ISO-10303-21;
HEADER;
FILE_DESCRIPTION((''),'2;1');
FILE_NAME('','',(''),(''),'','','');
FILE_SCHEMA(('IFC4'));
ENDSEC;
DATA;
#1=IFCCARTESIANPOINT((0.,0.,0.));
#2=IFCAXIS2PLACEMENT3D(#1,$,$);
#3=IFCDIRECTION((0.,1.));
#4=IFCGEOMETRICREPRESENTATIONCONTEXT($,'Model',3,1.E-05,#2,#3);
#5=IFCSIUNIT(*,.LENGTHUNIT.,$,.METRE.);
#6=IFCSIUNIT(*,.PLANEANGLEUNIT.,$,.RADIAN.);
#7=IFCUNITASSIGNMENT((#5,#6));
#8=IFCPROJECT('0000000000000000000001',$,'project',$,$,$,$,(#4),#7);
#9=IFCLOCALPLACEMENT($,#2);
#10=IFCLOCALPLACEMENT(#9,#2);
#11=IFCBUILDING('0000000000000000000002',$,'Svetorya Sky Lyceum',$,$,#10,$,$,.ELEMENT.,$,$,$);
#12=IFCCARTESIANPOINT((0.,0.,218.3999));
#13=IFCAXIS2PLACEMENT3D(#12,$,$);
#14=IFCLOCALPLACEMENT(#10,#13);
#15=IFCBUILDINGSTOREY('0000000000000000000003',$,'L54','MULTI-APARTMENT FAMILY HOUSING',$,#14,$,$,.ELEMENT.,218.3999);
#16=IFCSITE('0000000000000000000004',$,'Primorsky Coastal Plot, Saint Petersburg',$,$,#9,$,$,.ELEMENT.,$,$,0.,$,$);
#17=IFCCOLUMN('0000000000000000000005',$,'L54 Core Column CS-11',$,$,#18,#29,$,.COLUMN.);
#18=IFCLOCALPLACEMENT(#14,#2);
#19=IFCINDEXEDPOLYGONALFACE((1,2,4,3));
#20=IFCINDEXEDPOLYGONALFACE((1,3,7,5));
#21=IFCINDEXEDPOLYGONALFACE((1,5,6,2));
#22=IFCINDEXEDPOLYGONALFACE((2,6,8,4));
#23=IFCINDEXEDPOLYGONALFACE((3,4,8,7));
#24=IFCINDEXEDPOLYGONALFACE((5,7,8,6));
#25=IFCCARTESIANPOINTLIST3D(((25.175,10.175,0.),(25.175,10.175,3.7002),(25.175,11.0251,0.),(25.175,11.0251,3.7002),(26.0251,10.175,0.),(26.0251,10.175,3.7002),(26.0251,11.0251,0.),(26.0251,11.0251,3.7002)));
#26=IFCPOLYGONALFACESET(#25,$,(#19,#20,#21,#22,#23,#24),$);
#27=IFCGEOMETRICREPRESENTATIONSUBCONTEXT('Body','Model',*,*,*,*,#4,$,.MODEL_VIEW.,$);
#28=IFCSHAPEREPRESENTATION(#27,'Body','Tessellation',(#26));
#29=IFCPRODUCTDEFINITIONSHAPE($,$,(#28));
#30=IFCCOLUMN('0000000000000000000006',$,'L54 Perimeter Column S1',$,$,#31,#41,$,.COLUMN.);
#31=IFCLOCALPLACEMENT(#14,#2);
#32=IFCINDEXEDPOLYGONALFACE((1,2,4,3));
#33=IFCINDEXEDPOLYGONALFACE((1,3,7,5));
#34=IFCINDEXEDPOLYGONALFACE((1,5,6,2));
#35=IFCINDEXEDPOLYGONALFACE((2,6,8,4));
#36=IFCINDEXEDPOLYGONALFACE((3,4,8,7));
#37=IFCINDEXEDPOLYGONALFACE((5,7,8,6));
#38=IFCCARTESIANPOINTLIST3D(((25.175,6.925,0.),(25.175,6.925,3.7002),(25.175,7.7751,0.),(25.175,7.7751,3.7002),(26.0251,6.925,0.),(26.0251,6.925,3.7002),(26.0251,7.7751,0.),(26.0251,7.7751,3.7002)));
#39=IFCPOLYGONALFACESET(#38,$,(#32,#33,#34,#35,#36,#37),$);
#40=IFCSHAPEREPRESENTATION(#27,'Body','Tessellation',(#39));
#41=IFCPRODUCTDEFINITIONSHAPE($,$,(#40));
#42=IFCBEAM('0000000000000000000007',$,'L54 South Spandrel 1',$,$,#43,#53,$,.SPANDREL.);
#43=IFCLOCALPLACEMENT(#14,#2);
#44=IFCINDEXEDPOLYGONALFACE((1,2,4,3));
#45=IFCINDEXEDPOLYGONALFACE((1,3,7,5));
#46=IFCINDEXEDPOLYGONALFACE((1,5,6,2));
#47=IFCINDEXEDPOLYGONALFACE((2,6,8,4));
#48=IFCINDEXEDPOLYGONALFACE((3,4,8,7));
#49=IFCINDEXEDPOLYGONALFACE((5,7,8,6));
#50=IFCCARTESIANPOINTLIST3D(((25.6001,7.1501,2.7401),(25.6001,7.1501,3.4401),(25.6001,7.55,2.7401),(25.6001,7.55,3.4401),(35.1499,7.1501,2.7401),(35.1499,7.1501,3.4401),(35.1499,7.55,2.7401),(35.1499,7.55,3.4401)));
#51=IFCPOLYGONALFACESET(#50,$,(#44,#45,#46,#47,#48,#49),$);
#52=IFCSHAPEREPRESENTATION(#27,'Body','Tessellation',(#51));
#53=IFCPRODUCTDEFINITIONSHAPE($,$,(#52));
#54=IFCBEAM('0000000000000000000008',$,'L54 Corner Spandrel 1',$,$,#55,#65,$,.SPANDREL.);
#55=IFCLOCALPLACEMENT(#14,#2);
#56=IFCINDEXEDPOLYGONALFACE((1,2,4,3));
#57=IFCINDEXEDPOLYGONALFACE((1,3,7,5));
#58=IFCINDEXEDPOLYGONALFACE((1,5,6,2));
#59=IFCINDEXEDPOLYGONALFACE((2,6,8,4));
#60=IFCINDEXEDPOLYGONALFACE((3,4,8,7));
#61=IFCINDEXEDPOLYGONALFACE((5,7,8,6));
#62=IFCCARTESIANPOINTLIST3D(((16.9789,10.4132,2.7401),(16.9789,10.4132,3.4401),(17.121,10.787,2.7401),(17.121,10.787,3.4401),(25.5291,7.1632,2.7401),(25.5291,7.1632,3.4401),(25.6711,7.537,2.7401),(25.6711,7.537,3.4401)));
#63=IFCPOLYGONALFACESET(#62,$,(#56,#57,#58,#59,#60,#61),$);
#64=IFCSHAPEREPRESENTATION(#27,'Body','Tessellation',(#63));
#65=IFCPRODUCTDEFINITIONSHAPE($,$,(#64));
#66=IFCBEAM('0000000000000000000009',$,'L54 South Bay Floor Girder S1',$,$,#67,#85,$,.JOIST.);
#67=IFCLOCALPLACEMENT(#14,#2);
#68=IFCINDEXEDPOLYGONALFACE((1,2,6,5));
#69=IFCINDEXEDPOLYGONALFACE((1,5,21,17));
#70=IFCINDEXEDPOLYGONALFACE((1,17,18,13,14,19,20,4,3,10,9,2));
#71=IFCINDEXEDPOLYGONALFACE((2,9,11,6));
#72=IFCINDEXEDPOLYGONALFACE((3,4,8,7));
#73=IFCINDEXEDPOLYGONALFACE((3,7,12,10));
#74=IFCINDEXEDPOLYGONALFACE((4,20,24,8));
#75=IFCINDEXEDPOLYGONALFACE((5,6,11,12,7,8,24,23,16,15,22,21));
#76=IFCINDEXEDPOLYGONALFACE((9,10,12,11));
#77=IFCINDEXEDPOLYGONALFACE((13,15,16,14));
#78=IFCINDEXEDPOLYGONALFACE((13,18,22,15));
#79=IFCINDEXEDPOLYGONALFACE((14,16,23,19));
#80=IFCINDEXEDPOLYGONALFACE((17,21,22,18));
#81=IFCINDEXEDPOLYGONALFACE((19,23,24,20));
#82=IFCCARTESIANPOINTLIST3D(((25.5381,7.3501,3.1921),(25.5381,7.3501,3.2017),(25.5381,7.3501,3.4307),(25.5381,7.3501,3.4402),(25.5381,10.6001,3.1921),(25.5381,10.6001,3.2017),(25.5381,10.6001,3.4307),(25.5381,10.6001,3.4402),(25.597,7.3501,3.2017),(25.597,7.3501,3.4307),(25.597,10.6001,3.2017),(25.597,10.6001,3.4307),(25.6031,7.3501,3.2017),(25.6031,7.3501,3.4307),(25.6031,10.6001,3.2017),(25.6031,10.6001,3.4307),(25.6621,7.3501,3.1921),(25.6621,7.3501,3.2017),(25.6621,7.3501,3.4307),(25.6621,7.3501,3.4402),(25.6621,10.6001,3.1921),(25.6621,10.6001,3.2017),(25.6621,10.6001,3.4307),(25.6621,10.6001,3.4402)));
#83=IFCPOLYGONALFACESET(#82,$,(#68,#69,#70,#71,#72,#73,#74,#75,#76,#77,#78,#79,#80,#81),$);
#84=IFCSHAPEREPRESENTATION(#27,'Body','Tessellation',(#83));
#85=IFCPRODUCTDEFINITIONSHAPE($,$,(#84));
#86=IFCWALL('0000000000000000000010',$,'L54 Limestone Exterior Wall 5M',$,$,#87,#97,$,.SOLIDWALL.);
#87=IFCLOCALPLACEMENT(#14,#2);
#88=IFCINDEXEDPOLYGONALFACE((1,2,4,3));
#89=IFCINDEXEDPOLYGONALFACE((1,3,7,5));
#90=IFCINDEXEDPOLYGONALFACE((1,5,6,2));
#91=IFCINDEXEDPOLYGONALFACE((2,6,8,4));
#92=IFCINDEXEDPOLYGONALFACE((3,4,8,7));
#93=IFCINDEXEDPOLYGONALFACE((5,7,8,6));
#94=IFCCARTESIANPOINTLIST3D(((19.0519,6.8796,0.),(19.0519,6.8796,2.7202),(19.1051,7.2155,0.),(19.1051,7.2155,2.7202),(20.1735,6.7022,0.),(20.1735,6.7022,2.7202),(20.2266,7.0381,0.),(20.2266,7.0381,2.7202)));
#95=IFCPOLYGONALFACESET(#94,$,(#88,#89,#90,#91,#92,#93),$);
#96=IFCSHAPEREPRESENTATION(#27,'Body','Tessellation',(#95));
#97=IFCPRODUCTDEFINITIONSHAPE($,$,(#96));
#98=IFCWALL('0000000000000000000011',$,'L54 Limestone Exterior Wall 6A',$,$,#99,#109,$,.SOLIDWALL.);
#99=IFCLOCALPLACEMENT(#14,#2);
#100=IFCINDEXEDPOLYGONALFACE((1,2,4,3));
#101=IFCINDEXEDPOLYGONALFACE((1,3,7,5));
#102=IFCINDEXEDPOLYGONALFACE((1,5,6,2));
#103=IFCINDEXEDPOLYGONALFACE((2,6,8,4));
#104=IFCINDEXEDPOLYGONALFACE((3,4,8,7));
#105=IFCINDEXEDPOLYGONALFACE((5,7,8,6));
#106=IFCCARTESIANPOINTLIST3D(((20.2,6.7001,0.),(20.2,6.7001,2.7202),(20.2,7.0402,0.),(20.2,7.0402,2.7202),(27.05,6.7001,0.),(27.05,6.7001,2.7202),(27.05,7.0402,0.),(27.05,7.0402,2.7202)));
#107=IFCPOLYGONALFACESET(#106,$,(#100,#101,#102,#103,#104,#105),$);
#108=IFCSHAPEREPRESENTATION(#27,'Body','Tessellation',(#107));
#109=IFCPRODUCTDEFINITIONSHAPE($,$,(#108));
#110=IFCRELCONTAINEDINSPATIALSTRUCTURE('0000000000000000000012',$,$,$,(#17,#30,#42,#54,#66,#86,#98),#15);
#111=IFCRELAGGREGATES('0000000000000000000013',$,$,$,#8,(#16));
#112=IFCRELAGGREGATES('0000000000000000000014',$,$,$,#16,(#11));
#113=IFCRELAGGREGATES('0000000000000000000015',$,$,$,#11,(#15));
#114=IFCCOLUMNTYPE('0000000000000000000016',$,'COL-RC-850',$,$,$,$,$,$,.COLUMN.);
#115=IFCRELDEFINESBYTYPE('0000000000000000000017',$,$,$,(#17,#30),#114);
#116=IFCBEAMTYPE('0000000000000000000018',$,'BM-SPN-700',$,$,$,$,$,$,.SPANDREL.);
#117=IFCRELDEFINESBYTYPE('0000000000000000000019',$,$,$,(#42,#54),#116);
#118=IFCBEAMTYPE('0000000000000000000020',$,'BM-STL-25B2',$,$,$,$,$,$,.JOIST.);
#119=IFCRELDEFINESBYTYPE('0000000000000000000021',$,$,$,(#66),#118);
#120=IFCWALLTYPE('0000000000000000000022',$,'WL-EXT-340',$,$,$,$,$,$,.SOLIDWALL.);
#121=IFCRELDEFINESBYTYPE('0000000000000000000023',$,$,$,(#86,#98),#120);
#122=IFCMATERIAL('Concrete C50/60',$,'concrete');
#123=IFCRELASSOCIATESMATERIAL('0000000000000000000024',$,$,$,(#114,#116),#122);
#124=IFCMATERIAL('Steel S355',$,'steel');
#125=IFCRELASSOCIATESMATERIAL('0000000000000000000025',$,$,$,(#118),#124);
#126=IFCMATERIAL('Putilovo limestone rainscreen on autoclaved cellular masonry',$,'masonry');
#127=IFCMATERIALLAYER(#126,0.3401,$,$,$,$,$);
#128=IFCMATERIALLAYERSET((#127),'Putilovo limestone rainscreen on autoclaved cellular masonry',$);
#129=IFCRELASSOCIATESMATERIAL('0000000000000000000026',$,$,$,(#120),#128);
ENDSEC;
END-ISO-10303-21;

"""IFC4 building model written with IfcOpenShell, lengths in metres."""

from ifc_helpers import new_model, si_unit, direction, frame, frame_2d, origin, origin_2d, place, context, subcontext, project, spatial, rectangle, i_section, extrude, material, layer, layer_set, material_profile, profile_set, type_object, element, save


model = new_model("IFC4")

# Units and contexts
model_context = context("Model", 3, precision=1e-05, world=origin(), true_north=direction((0.0, 1.0)))
body_context = subcontext(model_context, "Body", "Model", "MODEL_VIEW")
ifc_project = project(units=[si_unit("LENGTHUNIT", "METRE"), si_unit("PLANEANGLEUNIT", "RADIAN")], contexts=[model_context])

# Site, building, storey
site_placement = place(None, origin())
site = spatial("IfcSite", under=ifc_project, at=site_placement, Name="Primorsky Coastal Plot, Saint Petersburg", CompositionType="ELEMENT", RefElevation=0.0)
building_placement = place(site_placement, origin())
building = spatial("IfcBuilding", under=site, at=building_placement, Name="Svetorya Sky Lyceum", CompositionType="ELEMENT")
storey_placement = place(building_placement, frame((0.0, 0.0, 218.3999)))
storey = spatial("IfcBuildingStorey", under=building, at=storey_placement, Name="L54", Description="MULTI-APARTMENT FAMILY HOUSING", CompositionType="ELEMENT", Elevation=218.3999)

# Columns
ifc_material_1 = material(Name="Concrete C50/60", Category="concrete")
ifc_material_profile_1 = material_profile(ifc_material_1, rectangle(XDim=0.8501, YDim=0.8501, at=origin_2d()), Name="RC COL 850x850")
ifc_profile_set_1 = profile_set([ifc_material_profile_1], Name="Concrete C50/60")
column_type = type_object("IfcColumnType", Name="COL-RC-850", PredefinedType="COLUMN", material=ifc_profile_set_1)
for number, where, z_axis, x_axis, name in (
    (1, (25.6001, 10.6001, 0.0), (0.0, 0.0, 1.0), (1.0, 0.0, 0.0), "L54 Core Column CS-11"),
    (2, (25.6001, 7.3501, 0.0), (0.0, 0.0, 1.0), (1.0, 0.0, 0.0), "L54 Perimeter Column S1"),
):
    element("IfcColumn", number, at=place(storey_placement, frame(where, z_axis=z_axis, x_axis=x_axis)), inside=storey, type_object=column_type, Name=name, PredefinedType="COLUMN", context=body_context, shape_type="SweptSolid", body=[
        extrude(rectangle(XDim=0.8501, YDim=0.8501, at=origin_2d()), origin(), (0.0, 0.0, 1.0), 3.7002),
    ])

# Beams
ifc_material_profile_2 = material_profile(ifc_material_1, rectangle(XDim=0.3999, YDim=0.7, at=origin_2d()), Name="RC SPANDREL 400x700")
ifc_profile_set_2 = profile_set([ifc_material_profile_2], Name="Concrete C50/60")
beam_type_1 = type_object("IfcBeamType", Name="BM-SPN-700", PredefinedType="SPANDREL", material=ifc_profile_set_2)
beam_1_placement = place(storey_placement, frame((25.6001, 7.3501, 3.0901), z_axis=(1.0, 0.0, 0.0), x_axis=(0.0, 1.0, 0.0)))
element("IfcBeam", 3, at=beam_1_placement, inside=storey, type_object=beam_type_1, Name="L54 South Spandrel 1", PredefinedType="SPANDREL", context=body_context, shape_type="SweptSolid", body=[
    extrude(rectangle(XDim=0.3999, YDim=0.7, at=origin_2d()), origin(), (0.0, 0.0, 1.0), 9.5498),
])
beam_2_placement = place(storey_placement, frame((25.6001, 7.3501, 3.0901), z_axis=(-0.934748, 0.355312, 0.0), x_axis=(-0.355312, -0.934748, 0.0)))
element("IfcBeam", 4, at=beam_2_placement, inside=storey, type_object=beam_type_1, Name="L54 Corner Spandrel 1", PredefinedType="SPANDREL", context=body_context, shape_type="SweptSolid", body=[
    extrude(rectangle(XDim=0.3999, YDim=0.7, at=origin_2d()), origin(), (0.0, 0.0, 1.0), 9.147),
])
ifc_material_2 = material(Name="Steel S355", Category="steel")
ifc_material_profile_3 = material_profile(ifc_material_2, i_section(OverallWidth=0.124, OverallDepth=0.248, WebThickness=0.0061, FlangeThickness=0.0095, at=origin_2d()), Name="GOST 25B2")
ifc_profile_set_3 = profile_set([ifc_material_profile_3], Name="Steel S355")
beam_type_2 = type_object("IfcBeamType", Name="BM-STL-25B2", PredefinedType="JOIST", material=ifc_profile_set_3)
beam_3_placement = place(storey_placement, frame((25.6001, 7.3501, 3.3162), z_axis=(0.0, 1.0, 0.0), x_axis=(-1.0, 0.0, 0.0)))
element("IfcBeam", 5, at=beam_3_placement, inside=storey, type_object=beam_type_2, Name="L54 South Bay Floor Girder S1", PredefinedType="JOIST", context=body_context, shape_type="SweptSolid", body=[
    extrude(i_section(OverallWidth=0.124, OverallDepth=0.248, WebThickness=0.0061, FlangeThickness=0.0095, at=origin_2d()), origin(), (0.0, 0.0, 1.0), 3.25),
])

# Walls
ifc_material_3 = material(Name="Putilovo limestone rainscreen on autoclaved cellular masonry", Category="masonry")
ifc_layer_1 = layer(ifc_material_3, 0.3401)
ifc_layer_set_1 = layer_set([ifc_layer_1], Name="Putilovo limestone rainscreen on autoclaved cellular masonry")
wall_type_1 = type_object("IfcWallType", Name="WL-EXT-340", PredefinedType="SOLIDWALL", material=ifc_layer_set_1)
wall_1_placement = place(storey_placement, frame((19.0784, 7.0476, 0.0), z_axis=(0.0, 0.0, 1.0), x_axis=(0.987709, -0.156305, 0.0)))
element("IfcWall", 6, at=wall_1_placement, inside=storey, type_object=wall_type_1, Name="L54 Limestone Exterior Wall 5M", PredefinedType="SOLIDWALL", context=body_context, shape_type="SweptSolid", body=[
    extrude(rectangle(XDim=1.1355, YDim=0.3401, at=frame_2d((0.5679, 0.0))), origin(), (0.0, 0.0, 1.0), 2.7202),
])
wall_2_placement = place(storey_placement, frame((20.2, 6.8701, 0.0), z_axis=(0.0, 0.0, 1.0), x_axis=(1.0, 0.0, 0.0)))
element("IfcWall", 7, at=wall_2_placement, inside=storey, type_object=wall_type_1, Name="L54 Limestone Exterior Wall 6A", PredefinedType="SOLIDWALL", context=body_context, shape_type="SweptSolid", body=[
    extrude(rectangle(XDim=6.8501, YDim=0.3401, at=frame_2d((3.425, 0.0))), origin(), (0.0, 0.0, 1.0), 2.7202),
])

save(model, "model.ifc")
